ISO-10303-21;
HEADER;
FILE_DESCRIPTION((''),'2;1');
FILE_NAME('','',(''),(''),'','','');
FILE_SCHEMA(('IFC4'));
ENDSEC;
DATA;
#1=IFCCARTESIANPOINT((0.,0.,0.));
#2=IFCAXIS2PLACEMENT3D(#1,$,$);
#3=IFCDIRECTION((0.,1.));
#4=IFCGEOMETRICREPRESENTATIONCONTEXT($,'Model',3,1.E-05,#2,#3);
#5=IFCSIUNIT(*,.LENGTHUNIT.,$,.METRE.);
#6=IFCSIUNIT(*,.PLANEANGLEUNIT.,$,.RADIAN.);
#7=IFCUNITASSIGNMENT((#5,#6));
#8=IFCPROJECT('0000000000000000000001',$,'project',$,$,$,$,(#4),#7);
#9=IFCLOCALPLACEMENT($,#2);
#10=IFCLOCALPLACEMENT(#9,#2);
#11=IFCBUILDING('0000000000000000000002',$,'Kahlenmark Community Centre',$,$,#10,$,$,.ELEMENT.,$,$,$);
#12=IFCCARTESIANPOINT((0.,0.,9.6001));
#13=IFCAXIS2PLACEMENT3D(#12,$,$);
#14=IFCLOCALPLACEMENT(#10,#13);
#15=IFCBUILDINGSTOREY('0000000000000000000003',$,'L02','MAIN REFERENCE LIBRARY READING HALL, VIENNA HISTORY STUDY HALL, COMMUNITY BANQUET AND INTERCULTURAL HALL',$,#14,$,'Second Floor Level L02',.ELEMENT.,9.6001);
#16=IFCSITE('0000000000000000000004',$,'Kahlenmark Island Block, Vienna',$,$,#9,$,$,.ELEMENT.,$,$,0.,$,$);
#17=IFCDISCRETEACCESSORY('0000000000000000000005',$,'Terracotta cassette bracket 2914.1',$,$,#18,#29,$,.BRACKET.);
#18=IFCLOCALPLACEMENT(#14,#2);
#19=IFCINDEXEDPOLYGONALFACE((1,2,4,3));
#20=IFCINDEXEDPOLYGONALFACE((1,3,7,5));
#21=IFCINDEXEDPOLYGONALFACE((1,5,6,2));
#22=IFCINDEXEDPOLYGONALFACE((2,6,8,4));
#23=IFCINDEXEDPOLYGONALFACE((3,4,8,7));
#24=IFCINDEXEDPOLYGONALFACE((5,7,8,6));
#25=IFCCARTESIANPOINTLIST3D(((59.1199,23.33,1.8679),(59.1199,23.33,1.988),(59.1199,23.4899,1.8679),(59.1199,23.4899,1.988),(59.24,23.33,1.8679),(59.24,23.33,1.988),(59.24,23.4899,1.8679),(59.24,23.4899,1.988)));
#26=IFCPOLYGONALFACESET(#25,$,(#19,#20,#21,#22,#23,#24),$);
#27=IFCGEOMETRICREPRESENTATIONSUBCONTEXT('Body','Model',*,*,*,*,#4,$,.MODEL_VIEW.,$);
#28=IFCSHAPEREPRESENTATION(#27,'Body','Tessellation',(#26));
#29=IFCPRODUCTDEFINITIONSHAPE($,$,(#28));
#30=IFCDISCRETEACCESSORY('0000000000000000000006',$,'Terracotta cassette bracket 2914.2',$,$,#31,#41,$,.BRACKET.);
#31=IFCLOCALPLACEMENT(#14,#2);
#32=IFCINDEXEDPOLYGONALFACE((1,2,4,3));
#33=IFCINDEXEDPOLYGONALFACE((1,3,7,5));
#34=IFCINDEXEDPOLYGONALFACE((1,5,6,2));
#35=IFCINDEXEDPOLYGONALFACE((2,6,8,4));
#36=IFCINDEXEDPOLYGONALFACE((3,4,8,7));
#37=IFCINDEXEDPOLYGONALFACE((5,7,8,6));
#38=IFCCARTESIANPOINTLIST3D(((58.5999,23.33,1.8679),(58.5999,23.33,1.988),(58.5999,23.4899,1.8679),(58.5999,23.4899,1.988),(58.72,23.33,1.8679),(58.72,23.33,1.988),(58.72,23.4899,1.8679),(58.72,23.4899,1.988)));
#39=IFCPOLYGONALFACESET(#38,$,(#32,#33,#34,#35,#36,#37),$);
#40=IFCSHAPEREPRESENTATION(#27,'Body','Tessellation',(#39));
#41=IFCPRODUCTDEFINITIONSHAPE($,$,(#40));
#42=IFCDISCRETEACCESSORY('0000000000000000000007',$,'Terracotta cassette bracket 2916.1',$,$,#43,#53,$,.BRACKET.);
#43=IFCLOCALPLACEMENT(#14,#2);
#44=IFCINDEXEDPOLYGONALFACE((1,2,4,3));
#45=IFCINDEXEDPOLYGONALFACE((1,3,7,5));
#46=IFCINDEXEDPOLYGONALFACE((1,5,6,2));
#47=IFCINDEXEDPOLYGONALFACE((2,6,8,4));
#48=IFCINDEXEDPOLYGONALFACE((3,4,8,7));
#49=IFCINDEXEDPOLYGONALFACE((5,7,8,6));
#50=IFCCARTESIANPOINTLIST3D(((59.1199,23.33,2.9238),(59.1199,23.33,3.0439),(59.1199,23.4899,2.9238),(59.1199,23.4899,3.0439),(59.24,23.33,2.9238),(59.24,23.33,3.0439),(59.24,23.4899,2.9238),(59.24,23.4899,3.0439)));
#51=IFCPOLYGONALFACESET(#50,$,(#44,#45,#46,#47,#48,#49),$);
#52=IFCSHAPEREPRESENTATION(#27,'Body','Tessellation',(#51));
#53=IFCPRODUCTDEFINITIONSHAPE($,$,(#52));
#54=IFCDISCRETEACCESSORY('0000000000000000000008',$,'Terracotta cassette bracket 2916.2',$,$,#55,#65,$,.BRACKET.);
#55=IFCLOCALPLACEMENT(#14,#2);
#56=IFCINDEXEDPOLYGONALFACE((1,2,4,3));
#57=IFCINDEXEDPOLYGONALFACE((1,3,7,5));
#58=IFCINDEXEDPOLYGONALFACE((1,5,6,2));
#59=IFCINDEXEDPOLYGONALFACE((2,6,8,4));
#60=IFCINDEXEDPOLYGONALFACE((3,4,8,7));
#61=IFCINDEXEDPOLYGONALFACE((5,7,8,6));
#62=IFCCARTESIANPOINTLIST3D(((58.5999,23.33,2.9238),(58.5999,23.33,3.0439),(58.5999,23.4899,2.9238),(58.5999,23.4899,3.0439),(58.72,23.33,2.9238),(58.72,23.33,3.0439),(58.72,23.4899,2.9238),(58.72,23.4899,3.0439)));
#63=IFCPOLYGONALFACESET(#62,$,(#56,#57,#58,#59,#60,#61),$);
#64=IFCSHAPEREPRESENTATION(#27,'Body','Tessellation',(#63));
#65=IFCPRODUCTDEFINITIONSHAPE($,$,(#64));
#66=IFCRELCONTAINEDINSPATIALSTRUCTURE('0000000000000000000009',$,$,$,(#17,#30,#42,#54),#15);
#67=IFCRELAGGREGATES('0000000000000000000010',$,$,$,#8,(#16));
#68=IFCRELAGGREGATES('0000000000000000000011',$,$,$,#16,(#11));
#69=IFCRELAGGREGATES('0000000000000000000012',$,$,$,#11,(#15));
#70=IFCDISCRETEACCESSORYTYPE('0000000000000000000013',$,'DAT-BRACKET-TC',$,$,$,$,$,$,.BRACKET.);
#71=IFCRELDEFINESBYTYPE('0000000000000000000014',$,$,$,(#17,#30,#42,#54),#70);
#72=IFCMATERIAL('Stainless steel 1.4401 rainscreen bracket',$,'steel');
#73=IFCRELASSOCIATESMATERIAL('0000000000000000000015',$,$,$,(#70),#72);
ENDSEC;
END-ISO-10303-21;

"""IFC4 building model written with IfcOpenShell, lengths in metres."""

from ifc_helpers import new_model, si_unit, direction, frame, origin, origin_2d, place, context, subcontext, project, spatial, rectangle, extrude, material, type_object, element, save


model = new_model("IFC4")

# Units and contexts
model_context = context("Model", 3, precision=1e-05, world=origin(), true_north=direction((0.0, 1.0)))
body_context = subcontext(model_context, "Body", "Model", "MODEL_VIEW")
ifc_project = project(units=[si_unit("LENGTHUNIT", "METRE"), si_unit("PLANEANGLEUNIT", "RADIAN")], contexts=[model_context])

# Site, building, storey
site_placement = place(None, origin())
site = spatial("IfcSite", under=ifc_project, at=site_placement, Name="Kahlenmark Island Block, Vienna", CompositionType="ELEMENT", RefElevation=0.0)
building_placement = place(site_placement, origin())
building = spatial("IfcBuilding", under=site, at=building_placement, Name="Kahlenmark Community Centre", CompositionType="ELEMENT")
storey_placement = place(building_placement, frame((0.0, 0.0, 9.6001)))
storey = spatial("IfcBuildingStorey", under=building, at=storey_placement, Name="L02", Description="MAIN REFERENCE LIBRARY READING HALL, VIENNA HISTORY STUDY HALL, COMMUNITY BANQUET AND INTERCULTURAL HALL", LongName="Second Floor Level L02", CompositionType="ELEMENT", Elevation=9.6001)

# Discrete accessories
ifc_material_1 = material(Name="Stainless steel 1.4401 rainscreen bracket", Category="steel")
discrete_accessory_type = type_object("IfcDiscreteAccessoryType", Name="DAT-BRACKET-TC", PredefinedType="BRACKET", material=ifc_material_1)
for number, where, z_axis, x_axis, name in (
    (1, (59.1799, 23.4099, 1.8679), (0.0, 0.0, 1.0), (-1.0, 0.0, 0.0), "Terracotta cassette bracket 2914.1"),
    (2, (58.6599, 23.4099, 1.8679), (0.0, 0.0, 1.0), (-1.0, 0.0, 0.0), "Terracotta cassette bracket 2914.2"),
    (3, (59.1799, 23.4099, 2.9238), (0.0, 0.0, 1.0), (-1.0, 0.0, 0.0), "Terracotta cassette bracket 2916.1"),
    (4, (58.6599, 23.4099, 2.9238), (0.0, 0.0, 1.0), (-1.0, 0.0, 0.0), "Terracotta cassette bracket 2916.2"),
):
    element("IfcDiscreteAccessory", number, at=place(storey_placement, frame(where, z_axis=z_axis, x_axis=x_axis)), inside=storey, type_object=discrete_accessory_type, Name=name, PredefinedType="BRACKET", context=body_context, shape_type="SweptSolid", body=[
        extrude(rectangle(XDim=0.1201, YDim=0.1599, at=origin_2d()), origin(), (0.0, 0.0, 1.0), 0.1201),
    ])

save(model, "model.ifc")
